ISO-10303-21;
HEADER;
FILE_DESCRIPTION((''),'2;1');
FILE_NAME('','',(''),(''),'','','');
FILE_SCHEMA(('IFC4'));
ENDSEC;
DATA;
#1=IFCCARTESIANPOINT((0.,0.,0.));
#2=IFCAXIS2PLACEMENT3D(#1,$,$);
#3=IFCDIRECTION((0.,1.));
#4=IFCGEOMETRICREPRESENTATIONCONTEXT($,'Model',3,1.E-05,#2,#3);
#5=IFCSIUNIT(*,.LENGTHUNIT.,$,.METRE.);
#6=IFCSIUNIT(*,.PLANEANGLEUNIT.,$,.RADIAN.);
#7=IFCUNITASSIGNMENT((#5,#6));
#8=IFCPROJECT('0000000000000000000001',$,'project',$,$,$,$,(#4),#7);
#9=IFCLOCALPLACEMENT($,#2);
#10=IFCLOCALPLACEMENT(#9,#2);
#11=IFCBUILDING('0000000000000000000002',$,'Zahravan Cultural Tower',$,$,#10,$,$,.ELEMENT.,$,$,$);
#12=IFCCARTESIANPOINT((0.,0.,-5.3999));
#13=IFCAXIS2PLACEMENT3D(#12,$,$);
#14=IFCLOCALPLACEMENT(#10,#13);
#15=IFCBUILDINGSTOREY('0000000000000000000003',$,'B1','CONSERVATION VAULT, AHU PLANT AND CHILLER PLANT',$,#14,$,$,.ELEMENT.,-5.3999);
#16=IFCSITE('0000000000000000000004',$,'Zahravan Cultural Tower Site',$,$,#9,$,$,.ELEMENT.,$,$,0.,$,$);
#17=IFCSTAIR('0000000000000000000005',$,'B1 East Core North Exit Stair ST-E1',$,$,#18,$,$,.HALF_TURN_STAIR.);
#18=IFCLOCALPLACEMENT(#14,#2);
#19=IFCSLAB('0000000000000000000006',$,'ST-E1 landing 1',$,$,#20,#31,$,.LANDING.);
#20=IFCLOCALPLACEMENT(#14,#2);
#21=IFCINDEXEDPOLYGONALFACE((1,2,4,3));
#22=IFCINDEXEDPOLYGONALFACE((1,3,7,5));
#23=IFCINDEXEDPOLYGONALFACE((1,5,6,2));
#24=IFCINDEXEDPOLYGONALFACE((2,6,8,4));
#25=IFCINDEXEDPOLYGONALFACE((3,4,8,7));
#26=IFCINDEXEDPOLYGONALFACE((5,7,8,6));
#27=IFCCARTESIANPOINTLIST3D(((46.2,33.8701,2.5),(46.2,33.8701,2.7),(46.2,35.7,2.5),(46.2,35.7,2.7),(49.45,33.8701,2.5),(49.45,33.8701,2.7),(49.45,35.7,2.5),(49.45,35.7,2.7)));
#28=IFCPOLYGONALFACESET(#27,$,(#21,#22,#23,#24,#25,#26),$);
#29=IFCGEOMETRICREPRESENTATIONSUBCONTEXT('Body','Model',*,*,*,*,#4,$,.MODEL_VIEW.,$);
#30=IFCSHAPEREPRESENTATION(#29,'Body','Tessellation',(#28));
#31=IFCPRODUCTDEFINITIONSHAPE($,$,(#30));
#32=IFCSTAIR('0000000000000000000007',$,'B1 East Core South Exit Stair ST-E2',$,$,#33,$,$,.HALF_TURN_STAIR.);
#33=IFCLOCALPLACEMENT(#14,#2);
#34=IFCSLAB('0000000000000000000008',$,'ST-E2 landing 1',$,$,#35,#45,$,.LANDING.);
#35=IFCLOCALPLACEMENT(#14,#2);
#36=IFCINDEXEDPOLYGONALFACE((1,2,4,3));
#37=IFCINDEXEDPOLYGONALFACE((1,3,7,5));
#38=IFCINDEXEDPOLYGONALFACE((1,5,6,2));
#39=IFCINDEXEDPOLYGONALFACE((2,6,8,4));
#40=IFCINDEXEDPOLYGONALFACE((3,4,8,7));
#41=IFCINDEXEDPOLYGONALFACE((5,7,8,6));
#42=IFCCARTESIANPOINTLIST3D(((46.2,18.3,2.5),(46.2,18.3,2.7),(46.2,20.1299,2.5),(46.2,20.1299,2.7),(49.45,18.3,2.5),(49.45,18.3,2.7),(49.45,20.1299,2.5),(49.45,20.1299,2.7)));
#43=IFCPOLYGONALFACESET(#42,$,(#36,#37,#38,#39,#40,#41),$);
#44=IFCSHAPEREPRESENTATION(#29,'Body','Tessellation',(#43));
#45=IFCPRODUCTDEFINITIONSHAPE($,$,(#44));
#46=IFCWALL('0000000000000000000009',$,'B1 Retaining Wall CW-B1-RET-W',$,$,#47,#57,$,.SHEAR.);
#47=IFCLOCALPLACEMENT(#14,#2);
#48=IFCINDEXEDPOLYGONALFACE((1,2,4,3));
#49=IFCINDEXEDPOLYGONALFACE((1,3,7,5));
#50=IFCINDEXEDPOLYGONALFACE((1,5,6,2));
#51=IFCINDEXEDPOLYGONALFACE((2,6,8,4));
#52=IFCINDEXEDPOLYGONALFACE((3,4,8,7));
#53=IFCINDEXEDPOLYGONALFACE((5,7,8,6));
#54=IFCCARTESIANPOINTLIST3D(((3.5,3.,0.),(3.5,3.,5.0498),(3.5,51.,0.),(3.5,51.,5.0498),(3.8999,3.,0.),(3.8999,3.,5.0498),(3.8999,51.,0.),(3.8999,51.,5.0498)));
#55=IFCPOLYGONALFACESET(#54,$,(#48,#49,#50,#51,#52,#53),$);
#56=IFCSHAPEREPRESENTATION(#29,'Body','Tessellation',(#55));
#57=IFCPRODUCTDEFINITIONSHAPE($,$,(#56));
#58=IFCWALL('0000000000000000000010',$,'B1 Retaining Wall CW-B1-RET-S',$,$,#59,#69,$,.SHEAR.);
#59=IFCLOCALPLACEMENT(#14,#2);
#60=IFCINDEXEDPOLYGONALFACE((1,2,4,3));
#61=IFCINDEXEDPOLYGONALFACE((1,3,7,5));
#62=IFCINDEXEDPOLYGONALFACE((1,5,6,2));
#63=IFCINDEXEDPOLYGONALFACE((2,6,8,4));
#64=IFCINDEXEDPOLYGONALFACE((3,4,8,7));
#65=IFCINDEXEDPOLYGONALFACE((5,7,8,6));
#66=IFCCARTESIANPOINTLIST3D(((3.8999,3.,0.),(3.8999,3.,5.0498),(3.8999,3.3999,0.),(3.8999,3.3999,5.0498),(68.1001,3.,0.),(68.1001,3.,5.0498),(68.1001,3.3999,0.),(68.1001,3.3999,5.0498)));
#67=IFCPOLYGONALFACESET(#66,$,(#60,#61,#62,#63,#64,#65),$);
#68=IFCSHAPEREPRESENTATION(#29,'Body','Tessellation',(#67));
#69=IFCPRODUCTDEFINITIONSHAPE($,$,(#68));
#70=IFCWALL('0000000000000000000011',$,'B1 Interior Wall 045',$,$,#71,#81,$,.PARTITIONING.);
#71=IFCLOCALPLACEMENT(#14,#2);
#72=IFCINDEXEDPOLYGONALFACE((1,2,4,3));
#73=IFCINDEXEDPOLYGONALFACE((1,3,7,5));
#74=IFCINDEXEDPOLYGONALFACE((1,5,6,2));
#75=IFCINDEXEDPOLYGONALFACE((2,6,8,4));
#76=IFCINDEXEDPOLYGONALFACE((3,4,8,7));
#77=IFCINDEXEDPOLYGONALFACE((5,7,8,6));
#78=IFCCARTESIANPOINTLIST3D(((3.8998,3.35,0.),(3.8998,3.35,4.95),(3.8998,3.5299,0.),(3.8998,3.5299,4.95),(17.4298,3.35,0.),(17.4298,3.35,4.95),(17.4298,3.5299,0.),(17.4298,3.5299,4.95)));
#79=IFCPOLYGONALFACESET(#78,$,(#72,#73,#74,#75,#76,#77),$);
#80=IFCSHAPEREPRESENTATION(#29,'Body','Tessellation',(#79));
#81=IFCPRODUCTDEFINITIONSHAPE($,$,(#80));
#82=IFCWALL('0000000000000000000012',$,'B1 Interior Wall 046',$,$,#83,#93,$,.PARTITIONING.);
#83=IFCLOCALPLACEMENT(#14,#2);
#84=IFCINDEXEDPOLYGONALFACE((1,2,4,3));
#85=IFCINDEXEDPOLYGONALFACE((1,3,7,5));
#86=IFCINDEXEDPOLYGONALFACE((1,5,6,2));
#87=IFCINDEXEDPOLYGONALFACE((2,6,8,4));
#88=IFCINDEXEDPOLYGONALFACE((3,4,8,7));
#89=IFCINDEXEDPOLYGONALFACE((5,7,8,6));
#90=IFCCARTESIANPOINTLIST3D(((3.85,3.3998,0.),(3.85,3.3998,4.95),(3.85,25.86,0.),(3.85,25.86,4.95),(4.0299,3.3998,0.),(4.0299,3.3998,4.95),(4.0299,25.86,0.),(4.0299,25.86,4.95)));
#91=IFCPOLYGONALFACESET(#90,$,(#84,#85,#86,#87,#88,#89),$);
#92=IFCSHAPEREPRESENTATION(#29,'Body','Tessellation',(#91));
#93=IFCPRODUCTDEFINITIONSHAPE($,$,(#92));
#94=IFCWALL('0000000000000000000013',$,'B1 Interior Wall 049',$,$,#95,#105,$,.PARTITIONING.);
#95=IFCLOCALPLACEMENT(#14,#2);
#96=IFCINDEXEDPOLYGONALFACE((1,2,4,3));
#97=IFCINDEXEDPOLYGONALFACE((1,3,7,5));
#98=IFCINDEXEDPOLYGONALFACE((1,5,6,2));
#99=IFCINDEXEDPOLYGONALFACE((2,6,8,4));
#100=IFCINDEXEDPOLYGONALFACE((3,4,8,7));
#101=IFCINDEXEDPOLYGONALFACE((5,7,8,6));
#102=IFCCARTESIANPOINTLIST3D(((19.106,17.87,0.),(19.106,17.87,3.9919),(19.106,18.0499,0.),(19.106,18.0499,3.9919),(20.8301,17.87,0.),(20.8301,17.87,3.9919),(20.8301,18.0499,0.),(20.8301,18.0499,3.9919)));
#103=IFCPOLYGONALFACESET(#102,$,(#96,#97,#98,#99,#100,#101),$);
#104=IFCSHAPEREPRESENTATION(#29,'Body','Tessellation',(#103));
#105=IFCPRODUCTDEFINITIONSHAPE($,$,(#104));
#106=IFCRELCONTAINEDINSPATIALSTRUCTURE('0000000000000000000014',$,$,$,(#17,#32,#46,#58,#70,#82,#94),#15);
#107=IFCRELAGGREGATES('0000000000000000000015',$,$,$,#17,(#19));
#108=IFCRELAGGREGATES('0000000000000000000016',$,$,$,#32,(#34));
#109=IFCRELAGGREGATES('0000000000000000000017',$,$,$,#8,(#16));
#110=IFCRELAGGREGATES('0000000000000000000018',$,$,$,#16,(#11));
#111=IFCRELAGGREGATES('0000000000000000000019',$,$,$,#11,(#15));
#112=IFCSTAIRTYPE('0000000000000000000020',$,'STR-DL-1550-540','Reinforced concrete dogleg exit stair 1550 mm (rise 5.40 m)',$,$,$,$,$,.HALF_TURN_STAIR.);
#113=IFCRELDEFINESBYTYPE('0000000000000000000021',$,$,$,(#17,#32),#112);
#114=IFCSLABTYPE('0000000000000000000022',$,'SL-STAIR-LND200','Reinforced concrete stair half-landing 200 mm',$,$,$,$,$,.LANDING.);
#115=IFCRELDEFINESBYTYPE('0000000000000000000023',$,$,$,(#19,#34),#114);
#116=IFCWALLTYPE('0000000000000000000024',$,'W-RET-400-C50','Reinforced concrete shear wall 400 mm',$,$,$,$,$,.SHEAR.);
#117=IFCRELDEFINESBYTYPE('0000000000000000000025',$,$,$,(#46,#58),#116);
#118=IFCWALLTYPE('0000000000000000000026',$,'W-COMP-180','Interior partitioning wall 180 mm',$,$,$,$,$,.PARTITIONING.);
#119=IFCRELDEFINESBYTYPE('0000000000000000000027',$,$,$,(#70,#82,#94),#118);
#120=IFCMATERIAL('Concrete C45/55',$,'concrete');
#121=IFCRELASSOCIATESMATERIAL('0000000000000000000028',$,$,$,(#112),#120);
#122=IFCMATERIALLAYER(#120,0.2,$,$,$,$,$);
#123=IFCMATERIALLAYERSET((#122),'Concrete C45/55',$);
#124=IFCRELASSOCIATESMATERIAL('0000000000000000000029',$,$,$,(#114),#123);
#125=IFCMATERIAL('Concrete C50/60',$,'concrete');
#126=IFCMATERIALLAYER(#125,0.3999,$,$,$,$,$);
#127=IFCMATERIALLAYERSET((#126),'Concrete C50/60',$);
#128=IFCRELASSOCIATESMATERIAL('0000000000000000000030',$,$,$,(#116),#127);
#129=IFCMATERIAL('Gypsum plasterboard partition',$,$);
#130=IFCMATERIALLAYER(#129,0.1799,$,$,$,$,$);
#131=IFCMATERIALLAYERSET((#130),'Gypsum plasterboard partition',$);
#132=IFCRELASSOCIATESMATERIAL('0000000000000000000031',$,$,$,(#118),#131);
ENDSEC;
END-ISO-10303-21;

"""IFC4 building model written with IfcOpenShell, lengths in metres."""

from ifc_helpers import new_model, si_unit, direction, frame, frame_2d, origin, place, context, subcontext, project, spatial, polyline, rectangle, outline, extrude, source, transform, mapped, material, layer, layer_set, type_object, element, aggregate, save


model = new_model("IFC4")

# Units and contexts
model_context = context("Model", 3, precision=1e-05, world=origin(), true_north=direction((0.0, 1.0)))
body_context = subcontext(model_context, "Body", "Model", "MODEL_VIEW")
ifc_project = project(units=[si_unit("LENGTHUNIT", "METRE"), si_unit("PLANEANGLEUNIT", "RADIAN")], contexts=[model_context])

# Site, building, storey
site_placement = place(None, origin())
site = spatial("IfcSite", under=ifc_project, at=site_placement, Name="Zahravan Cultural Tower Site", CompositionType="ELEMENT", RefElevation=0.0)
building_placement = place(site_placement, origin())
building = spatial("IfcBuilding", under=site, at=building_placement, Name="Zahravan Cultural Tower", CompositionType="ELEMENT")
storey_placement = place(building_placement, frame((0.0, 0.0, -5.3999)))
storey = spatial("IfcBuildingStorey", under=building, at=storey_placement, Name="B1", Description="CONSERVATION VAULT, AHU PLANT AND CHILLER PLANT", CompositionType="ELEMENT", Elevation=-5.3999)

# Shared definitions
ifc_material_1 = material(Name="Concrete C45/55", Category="concrete")

# Shared definitions
ifc_material_2 = material(Name="Concrete C50/60", Category="concrete")

# Stairs, slabs
stair_type = type_object("IfcStairType", Name="STR-DL-1550-540", Description="Reinforced concrete dogleg exit stair 1550 mm (rise 5.40 m)", PredefinedType="HALF_TURN_STAIR", material=ifc_material_1)
ifc_layer_1 = layer(ifc_material_1, 0.2)
ifc_layer_set_1 = layer_set([ifc_layer_1], Name="Concrete C45/55")
slab_type_1 = type_object("IfcSlabType", Name="SL-STAIR-LND200", Description="Reinforced concrete stair half-landing 200 mm", PredefinedType="LANDING", material=ifc_layer_set_1)
stair_1_placement = place(storey_placement, origin())
stair_1 = element("IfcStair", 1, at=stair_1_placement, inside=storey, type_object=stair_type, Name="B1 East Core North Exit Stair ST-E1", PredefinedType="HALF_TURN_STAIR")
slab_1_placement = place(storey_placement, frame((0.0, 0.0, 2.5)))
slab_1 = element("IfcSlab", 2, at=slab_1_placement, type_object=slab_type_1, Name="ST-E1 landing 1", PredefinedType="LANDING", context=body_context, shape_type="SweptSolid", body=[
    extrude(outline(polyline([(49.45, 33.8701), (49.45, 35.7), (46.2, 35.7), (46.2, 33.8701), (49.45, 33.8701)])), origin(), (0.0, 0.0, 1.0), 0.2),
])
aggregate(stair_1, [slab_1])
stair_2_placement = place(storey_placement, origin())
stair_2 = element("IfcStair", 3, at=stair_2_placement, inside=storey, type_object=stair_type, Name="B1 East Core South Exit Stair ST-E2", PredefinedType="HALF_TURN_STAIR")
slab_2_placement = place(storey_placement, frame((0.0, 0.0, 2.5)))
slab_2 = element("IfcSlab", 4, at=slab_2_placement, type_object=slab_type_1, Name="ST-E2 landing 1", PredefinedType="LANDING", context=body_context, shape_type="SweptSolid", body=[
    extrude(outline(polyline([(46.2, 20.1299), (46.2, 18.3), (49.45, 18.3), (49.45, 20.1299), (46.2, 20.1299)])), origin(), (0.0, 0.0, 1.0), 0.2),
])
aggregate(stair_2, [slab_2])

# Walls
ifc_layer_2 = layer(ifc_material_2, 0.3999)
ifc_layer_set_2 = layer_set([ifc_layer_2], Name="Concrete C50/60")
wall_type_1 = type_object("IfcWallType", Name="W-RET-400-C50", Description="Reinforced concrete shear wall 400 mm", PredefinedType="SHEAR", material=ifc_layer_set_2)
shared_shape_1 = source(origin(), body_context, "Body", "SweptSolid", [
    extrude(rectangle(XDim=48.0, YDim=0.3999, at=frame_2d((24.0, 0.0))), origin(), (0.0, 0.0, 1.0), 5.0498),
])
wall_1_placement = place(storey_placement, frame((3.7, 3.0, 0.0), z_axis=(0.0, 0.0, 1.0), x_axis=(0.0, 1.0, 0.0)))
element("IfcWall", 5, at=wall_1_placement, inside=storey, type_object=wall_type_1, Name="B1 Retaining Wall CW-B1-RET-W", PredefinedType="SHEAR", context=body_context, shape_type="MappedRepresentation", body=[
    mapped(shared_shape_1, transform((0.0, 0.0, 0.0), x_axis=(1.0, 0.0, 0.0), y_axis=(0.0, 1.0, 0.0), z_axis=(0.0, 0.0, 1.0), scale=1.0)),
])
shared_shape_2 = source(origin(), body_context, "Body", "SweptSolid", [
    extrude(rectangle(XDim=64.2002, YDim=0.3999, at=frame_2d((32.1001, 0.0))), origin(), (0.0, 0.0, 1.0), 5.0498),
])
wall_2_placement = place(storey_placement, frame((3.8999, 3.2, 0.0), z_axis=(0.0, 0.0, 1.0), x_axis=(1.0, 0.0, 0.0)))
element("IfcWall", 6, at=wall_2_placement, inside=storey, type_object=wall_type_1, Name="B1 Retaining Wall CW-B1-RET-S", PredefinedType="SHEAR", context=body_context, shape_type="MappedRepresentation", body=[
    mapped(shared_shape_2, transform((0.0, 0.0, 0.0), x_axis=(1.0, 0.0, 0.0), y_axis=(0.0, 1.0, 0.0), z_axis=(0.0, 0.0, 1.0), scale=1.0)),
])
ifc_material_3 = material(Name="Gypsum plasterboard partition")
ifc_layer_3 = layer(ifc_material_3, 0.1799)
ifc_layer_set_3 = layer_set([ifc_layer_3], Name="Gypsum plasterboard partition")
wall_type_2 = type_object("IfcWallType", Name="W-COMP-180", Description="Interior partitioning wall 180 mm", PredefinedType="PARTITIONING", material=ifc_layer_set_3)
shared_shape_3 = source(origin(), body_context, "Body", "SweptSolid", [
    extrude(rectangle(XDim=13.53, YDim=0.1799, at=frame_2d((6.7651, 0.0))), origin(), (0.0, 0.0, 1.0), 4.95),
])
wall_3_placement = place(storey_placement, frame((17.4299, 3.4399, 0.0), z_axis=(0.0, 0.0, 1.0), x_axis=(-1.0, 0.0, 0.0)))
element("IfcWall", 7, at=wall_3_placement, inside=storey, type_object=wall_type_2, Name="B1 Interior Wall 045", PredefinedType="PARTITIONING", context=body_context, shape_type="MappedRepresentation", body=[
    mapped(shared_shape_3, transform((0.0, 0.0, 0.0), x_axis=(1.0, 0.0, 0.0), y_axis=(0.0, 1.0, 0.0), z_axis=(0.0, 0.0, 1.0), scale=1.0)),
])
shared_shape_4 = source(origin(), body_context, "Body", "SweptSolid", [
    extrude(rectangle(XDim=22.4602, YDim=0.1799, at=frame_2d((11.23, 0.0))), origin(), (0.0, 0.0, 1.0), 4.95),
])
wall_4_placement = place(storey_placement, frame((3.9399, 3.3999, 0.0), z_axis=(0.0, 0.0, 1.0), x_axis=(0.0, 1.0, 0.0)))
element("IfcWall", 8, at=wall_4_placement, inside=storey, type_object=wall_type_2, Name="B1 Interior Wall 046", PredefinedType="PARTITIONING", context=body_context, shape_type="MappedRepresentation", body=[
    mapped(shared_shape_4, transform((0.0, 0.0, 0.0), x_axis=(1.0, 0.0, 0.0), y_axis=(0.0, 1.0, 0.0), z_axis=(0.0, 0.0, 1.0), scale=1.0)),
])
shared_shape_5 = source(origin(), body_context, "Body", "SweptSolid", [
    extrude(rectangle(XDim=1.7241, YDim=0.1799, at=frame_2d((0.8621, 0.0))), origin(), (0.0, 0.0, 1.0), 3.9919),
])
wall_5_placement = place(storey_placement, frame((19.106, 17.96, 0.0), z_axis=(0.0, 0.0, 1.0), x_axis=(1.0, 0.0, 0.0)))
element("IfcWall", 9, at=wall_5_placement, inside=storey, type_object=wall_type_2, Name="B1 Interior Wall 049", PredefinedType="PARTITIONING", context=body_context, shape_type="MappedRepresentation", body=[
    mapped(shared_shape_5, transform((0.0, 0.0, 0.0), x_axis=(1.0, 0.0, 0.0), y_axis=(0.0, 1.0, 0.0), z_axis=(0.0, 0.0, 1.0), scale=1.0)),
])

save(model, "model.ifc")
